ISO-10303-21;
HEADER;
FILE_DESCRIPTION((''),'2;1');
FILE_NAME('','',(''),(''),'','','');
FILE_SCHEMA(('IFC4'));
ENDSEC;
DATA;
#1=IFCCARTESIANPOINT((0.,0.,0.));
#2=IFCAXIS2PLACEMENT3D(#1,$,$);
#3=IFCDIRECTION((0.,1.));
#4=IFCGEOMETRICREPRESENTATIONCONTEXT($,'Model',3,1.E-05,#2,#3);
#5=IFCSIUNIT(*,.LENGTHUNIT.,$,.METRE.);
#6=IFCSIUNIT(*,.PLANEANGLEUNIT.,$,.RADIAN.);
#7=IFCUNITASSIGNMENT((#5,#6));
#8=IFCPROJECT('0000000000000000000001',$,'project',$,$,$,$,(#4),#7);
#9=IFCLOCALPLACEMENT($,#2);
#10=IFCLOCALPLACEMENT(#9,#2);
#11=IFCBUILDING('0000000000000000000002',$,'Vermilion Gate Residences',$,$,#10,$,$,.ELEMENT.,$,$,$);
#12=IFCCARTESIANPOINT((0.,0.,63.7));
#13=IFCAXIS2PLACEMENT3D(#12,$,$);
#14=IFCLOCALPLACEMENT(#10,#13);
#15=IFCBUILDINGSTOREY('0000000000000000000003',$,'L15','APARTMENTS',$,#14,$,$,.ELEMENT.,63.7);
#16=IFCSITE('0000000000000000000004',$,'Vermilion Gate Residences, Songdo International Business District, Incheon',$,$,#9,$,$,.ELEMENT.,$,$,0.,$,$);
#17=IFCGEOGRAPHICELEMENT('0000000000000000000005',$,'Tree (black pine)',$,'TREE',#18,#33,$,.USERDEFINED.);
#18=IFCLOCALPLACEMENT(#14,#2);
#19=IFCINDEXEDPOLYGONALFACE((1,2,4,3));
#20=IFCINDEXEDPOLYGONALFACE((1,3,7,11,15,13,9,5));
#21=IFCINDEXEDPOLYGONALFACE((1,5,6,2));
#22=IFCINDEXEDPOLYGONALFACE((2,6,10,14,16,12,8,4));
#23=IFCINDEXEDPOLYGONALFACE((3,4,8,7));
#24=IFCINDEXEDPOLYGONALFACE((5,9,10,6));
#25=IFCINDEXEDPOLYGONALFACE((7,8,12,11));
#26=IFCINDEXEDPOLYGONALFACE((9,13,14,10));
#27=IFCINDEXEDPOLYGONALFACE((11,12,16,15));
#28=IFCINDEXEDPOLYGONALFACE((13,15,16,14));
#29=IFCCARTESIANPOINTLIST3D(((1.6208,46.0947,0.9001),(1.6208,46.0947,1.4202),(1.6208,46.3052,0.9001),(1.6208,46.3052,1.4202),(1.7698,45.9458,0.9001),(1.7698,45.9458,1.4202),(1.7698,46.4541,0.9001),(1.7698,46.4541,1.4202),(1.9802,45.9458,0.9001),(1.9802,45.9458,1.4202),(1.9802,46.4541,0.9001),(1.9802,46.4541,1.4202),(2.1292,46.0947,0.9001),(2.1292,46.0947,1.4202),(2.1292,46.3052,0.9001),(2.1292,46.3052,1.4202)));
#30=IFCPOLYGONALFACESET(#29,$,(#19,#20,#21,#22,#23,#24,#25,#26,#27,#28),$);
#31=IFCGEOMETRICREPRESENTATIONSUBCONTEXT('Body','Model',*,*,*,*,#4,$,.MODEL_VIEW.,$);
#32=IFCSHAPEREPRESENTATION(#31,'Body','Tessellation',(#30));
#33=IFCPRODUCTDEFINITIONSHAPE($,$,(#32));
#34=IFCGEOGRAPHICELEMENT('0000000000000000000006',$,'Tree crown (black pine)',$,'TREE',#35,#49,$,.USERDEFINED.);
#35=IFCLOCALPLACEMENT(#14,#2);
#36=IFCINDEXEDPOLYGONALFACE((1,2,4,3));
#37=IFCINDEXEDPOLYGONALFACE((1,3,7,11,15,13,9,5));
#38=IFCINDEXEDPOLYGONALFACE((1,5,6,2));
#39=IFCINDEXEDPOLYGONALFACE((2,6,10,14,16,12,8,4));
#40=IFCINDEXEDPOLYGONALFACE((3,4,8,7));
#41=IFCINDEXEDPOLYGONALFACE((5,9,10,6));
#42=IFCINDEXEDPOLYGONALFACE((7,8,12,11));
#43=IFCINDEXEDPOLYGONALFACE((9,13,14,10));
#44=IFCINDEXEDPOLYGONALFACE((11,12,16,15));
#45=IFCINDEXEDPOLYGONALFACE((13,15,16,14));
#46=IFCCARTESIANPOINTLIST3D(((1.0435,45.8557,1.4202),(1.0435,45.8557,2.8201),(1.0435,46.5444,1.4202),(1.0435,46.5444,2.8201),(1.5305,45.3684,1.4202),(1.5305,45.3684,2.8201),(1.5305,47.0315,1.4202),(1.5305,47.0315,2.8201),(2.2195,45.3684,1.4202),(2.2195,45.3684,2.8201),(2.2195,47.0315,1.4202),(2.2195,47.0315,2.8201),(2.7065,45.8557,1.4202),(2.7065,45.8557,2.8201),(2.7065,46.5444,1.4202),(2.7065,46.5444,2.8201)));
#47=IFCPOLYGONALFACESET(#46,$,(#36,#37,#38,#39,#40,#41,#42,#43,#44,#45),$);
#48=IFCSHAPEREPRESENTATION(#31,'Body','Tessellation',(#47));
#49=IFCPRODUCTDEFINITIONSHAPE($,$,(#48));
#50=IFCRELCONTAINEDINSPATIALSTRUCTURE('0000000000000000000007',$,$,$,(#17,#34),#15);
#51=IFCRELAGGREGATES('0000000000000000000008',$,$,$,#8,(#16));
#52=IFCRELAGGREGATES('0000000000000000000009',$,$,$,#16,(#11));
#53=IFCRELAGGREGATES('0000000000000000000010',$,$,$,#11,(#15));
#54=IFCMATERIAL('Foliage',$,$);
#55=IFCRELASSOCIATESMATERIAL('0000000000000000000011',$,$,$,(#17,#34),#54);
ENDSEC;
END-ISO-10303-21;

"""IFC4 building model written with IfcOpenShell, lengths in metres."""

from ifc_helpers import new_model, si_unit, direction, frame, origin, place, context, subcontext, project, spatial, polyline, outline, extrude, material, element, save


model = new_model("IFC4")

# Units and contexts
model_context = context("Model", 3, precision=1e-05, world=origin(), true_north=direction((0.0, 1.0)))
body_context = subcontext(model_context, "Body", "Model", "MODEL_VIEW")
ifc_project = project(units=[si_unit("LENGTHUNIT", "METRE"), si_unit("PLANEANGLEUNIT", "RADIAN")], contexts=[model_context])

# Site, building, storey
site_placement = place(None, origin())
site = spatial("IfcSite", under=ifc_project, at=site_placement, Name="Vermilion Gate Residences, Songdo International Business District, Incheon", CompositionType="ELEMENT", RefElevation=0.0)
building_placement = place(site_placement, origin())
building = spatial("IfcBuilding", under=site, at=building_placement, Name="Vermilion Gate Residences", CompositionType="ELEMENT")
storey_placement = place(building_placement, frame((0.0, 0.0, 63.7)))
storey = spatial("IfcBuildingStorey", under=building, at=storey_placement, Name="L15", Description="APARTMENTS", CompositionType="ELEMENT", Elevation=63.7)

# Geographic elements
ifc_material_1 = material(Name="Foliage")
geographic_element_1_placement = place(storey_placement, frame((0.0, 0.0, 0.9001)))
element("IfcGeographicElement", 1, at=geographic_element_1_placement, inside=storey, material=ifc_material_1, Name="Tree (black pine)", ObjectType="TREE", PredefinedType="USERDEFINED", context=body_context, shape_type="SweptSolid", body=[
    extrude(outline(polyline([(2.1292, 46.3052), (1.9802, 46.4541), (1.7698, 46.4541), (1.6208, 46.3052), (1.6208, 46.0947), (1.7698, 45.9458), (1.9802, 45.9458), (2.1292, 46.0947), (2.1292, 46.3052)])), origin(), (0.0, 0.0, 1.0), 0.52),
])
geographic_element_2_placement = place(storey_placement, frame((0.0, 0.0, 1.4202)))
element("IfcGeographicElement", 2, at=geographic_element_2_placement, inside=storey, material=ifc_material_1, Name="Tree crown (black pine)", ObjectType="TREE", PredefinedType="USERDEFINED", context=body_context, shape_type="SweptSolid", body=[
    extrude(outline(polyline([(2.7065, 46.5444), (2.2195, 47.0315), (1.5305, 47.0315), (1.0435, 46.5444), (1.0435, 45.8557), (1.5305, 45.3684), (2.2195, 45.3684), (2.7065, 45.8557), (2.7065, 46.5444)])), origin(), (0.0, 0.0, 1.0), 1.3999),
])

save(model, "model.ifc")
